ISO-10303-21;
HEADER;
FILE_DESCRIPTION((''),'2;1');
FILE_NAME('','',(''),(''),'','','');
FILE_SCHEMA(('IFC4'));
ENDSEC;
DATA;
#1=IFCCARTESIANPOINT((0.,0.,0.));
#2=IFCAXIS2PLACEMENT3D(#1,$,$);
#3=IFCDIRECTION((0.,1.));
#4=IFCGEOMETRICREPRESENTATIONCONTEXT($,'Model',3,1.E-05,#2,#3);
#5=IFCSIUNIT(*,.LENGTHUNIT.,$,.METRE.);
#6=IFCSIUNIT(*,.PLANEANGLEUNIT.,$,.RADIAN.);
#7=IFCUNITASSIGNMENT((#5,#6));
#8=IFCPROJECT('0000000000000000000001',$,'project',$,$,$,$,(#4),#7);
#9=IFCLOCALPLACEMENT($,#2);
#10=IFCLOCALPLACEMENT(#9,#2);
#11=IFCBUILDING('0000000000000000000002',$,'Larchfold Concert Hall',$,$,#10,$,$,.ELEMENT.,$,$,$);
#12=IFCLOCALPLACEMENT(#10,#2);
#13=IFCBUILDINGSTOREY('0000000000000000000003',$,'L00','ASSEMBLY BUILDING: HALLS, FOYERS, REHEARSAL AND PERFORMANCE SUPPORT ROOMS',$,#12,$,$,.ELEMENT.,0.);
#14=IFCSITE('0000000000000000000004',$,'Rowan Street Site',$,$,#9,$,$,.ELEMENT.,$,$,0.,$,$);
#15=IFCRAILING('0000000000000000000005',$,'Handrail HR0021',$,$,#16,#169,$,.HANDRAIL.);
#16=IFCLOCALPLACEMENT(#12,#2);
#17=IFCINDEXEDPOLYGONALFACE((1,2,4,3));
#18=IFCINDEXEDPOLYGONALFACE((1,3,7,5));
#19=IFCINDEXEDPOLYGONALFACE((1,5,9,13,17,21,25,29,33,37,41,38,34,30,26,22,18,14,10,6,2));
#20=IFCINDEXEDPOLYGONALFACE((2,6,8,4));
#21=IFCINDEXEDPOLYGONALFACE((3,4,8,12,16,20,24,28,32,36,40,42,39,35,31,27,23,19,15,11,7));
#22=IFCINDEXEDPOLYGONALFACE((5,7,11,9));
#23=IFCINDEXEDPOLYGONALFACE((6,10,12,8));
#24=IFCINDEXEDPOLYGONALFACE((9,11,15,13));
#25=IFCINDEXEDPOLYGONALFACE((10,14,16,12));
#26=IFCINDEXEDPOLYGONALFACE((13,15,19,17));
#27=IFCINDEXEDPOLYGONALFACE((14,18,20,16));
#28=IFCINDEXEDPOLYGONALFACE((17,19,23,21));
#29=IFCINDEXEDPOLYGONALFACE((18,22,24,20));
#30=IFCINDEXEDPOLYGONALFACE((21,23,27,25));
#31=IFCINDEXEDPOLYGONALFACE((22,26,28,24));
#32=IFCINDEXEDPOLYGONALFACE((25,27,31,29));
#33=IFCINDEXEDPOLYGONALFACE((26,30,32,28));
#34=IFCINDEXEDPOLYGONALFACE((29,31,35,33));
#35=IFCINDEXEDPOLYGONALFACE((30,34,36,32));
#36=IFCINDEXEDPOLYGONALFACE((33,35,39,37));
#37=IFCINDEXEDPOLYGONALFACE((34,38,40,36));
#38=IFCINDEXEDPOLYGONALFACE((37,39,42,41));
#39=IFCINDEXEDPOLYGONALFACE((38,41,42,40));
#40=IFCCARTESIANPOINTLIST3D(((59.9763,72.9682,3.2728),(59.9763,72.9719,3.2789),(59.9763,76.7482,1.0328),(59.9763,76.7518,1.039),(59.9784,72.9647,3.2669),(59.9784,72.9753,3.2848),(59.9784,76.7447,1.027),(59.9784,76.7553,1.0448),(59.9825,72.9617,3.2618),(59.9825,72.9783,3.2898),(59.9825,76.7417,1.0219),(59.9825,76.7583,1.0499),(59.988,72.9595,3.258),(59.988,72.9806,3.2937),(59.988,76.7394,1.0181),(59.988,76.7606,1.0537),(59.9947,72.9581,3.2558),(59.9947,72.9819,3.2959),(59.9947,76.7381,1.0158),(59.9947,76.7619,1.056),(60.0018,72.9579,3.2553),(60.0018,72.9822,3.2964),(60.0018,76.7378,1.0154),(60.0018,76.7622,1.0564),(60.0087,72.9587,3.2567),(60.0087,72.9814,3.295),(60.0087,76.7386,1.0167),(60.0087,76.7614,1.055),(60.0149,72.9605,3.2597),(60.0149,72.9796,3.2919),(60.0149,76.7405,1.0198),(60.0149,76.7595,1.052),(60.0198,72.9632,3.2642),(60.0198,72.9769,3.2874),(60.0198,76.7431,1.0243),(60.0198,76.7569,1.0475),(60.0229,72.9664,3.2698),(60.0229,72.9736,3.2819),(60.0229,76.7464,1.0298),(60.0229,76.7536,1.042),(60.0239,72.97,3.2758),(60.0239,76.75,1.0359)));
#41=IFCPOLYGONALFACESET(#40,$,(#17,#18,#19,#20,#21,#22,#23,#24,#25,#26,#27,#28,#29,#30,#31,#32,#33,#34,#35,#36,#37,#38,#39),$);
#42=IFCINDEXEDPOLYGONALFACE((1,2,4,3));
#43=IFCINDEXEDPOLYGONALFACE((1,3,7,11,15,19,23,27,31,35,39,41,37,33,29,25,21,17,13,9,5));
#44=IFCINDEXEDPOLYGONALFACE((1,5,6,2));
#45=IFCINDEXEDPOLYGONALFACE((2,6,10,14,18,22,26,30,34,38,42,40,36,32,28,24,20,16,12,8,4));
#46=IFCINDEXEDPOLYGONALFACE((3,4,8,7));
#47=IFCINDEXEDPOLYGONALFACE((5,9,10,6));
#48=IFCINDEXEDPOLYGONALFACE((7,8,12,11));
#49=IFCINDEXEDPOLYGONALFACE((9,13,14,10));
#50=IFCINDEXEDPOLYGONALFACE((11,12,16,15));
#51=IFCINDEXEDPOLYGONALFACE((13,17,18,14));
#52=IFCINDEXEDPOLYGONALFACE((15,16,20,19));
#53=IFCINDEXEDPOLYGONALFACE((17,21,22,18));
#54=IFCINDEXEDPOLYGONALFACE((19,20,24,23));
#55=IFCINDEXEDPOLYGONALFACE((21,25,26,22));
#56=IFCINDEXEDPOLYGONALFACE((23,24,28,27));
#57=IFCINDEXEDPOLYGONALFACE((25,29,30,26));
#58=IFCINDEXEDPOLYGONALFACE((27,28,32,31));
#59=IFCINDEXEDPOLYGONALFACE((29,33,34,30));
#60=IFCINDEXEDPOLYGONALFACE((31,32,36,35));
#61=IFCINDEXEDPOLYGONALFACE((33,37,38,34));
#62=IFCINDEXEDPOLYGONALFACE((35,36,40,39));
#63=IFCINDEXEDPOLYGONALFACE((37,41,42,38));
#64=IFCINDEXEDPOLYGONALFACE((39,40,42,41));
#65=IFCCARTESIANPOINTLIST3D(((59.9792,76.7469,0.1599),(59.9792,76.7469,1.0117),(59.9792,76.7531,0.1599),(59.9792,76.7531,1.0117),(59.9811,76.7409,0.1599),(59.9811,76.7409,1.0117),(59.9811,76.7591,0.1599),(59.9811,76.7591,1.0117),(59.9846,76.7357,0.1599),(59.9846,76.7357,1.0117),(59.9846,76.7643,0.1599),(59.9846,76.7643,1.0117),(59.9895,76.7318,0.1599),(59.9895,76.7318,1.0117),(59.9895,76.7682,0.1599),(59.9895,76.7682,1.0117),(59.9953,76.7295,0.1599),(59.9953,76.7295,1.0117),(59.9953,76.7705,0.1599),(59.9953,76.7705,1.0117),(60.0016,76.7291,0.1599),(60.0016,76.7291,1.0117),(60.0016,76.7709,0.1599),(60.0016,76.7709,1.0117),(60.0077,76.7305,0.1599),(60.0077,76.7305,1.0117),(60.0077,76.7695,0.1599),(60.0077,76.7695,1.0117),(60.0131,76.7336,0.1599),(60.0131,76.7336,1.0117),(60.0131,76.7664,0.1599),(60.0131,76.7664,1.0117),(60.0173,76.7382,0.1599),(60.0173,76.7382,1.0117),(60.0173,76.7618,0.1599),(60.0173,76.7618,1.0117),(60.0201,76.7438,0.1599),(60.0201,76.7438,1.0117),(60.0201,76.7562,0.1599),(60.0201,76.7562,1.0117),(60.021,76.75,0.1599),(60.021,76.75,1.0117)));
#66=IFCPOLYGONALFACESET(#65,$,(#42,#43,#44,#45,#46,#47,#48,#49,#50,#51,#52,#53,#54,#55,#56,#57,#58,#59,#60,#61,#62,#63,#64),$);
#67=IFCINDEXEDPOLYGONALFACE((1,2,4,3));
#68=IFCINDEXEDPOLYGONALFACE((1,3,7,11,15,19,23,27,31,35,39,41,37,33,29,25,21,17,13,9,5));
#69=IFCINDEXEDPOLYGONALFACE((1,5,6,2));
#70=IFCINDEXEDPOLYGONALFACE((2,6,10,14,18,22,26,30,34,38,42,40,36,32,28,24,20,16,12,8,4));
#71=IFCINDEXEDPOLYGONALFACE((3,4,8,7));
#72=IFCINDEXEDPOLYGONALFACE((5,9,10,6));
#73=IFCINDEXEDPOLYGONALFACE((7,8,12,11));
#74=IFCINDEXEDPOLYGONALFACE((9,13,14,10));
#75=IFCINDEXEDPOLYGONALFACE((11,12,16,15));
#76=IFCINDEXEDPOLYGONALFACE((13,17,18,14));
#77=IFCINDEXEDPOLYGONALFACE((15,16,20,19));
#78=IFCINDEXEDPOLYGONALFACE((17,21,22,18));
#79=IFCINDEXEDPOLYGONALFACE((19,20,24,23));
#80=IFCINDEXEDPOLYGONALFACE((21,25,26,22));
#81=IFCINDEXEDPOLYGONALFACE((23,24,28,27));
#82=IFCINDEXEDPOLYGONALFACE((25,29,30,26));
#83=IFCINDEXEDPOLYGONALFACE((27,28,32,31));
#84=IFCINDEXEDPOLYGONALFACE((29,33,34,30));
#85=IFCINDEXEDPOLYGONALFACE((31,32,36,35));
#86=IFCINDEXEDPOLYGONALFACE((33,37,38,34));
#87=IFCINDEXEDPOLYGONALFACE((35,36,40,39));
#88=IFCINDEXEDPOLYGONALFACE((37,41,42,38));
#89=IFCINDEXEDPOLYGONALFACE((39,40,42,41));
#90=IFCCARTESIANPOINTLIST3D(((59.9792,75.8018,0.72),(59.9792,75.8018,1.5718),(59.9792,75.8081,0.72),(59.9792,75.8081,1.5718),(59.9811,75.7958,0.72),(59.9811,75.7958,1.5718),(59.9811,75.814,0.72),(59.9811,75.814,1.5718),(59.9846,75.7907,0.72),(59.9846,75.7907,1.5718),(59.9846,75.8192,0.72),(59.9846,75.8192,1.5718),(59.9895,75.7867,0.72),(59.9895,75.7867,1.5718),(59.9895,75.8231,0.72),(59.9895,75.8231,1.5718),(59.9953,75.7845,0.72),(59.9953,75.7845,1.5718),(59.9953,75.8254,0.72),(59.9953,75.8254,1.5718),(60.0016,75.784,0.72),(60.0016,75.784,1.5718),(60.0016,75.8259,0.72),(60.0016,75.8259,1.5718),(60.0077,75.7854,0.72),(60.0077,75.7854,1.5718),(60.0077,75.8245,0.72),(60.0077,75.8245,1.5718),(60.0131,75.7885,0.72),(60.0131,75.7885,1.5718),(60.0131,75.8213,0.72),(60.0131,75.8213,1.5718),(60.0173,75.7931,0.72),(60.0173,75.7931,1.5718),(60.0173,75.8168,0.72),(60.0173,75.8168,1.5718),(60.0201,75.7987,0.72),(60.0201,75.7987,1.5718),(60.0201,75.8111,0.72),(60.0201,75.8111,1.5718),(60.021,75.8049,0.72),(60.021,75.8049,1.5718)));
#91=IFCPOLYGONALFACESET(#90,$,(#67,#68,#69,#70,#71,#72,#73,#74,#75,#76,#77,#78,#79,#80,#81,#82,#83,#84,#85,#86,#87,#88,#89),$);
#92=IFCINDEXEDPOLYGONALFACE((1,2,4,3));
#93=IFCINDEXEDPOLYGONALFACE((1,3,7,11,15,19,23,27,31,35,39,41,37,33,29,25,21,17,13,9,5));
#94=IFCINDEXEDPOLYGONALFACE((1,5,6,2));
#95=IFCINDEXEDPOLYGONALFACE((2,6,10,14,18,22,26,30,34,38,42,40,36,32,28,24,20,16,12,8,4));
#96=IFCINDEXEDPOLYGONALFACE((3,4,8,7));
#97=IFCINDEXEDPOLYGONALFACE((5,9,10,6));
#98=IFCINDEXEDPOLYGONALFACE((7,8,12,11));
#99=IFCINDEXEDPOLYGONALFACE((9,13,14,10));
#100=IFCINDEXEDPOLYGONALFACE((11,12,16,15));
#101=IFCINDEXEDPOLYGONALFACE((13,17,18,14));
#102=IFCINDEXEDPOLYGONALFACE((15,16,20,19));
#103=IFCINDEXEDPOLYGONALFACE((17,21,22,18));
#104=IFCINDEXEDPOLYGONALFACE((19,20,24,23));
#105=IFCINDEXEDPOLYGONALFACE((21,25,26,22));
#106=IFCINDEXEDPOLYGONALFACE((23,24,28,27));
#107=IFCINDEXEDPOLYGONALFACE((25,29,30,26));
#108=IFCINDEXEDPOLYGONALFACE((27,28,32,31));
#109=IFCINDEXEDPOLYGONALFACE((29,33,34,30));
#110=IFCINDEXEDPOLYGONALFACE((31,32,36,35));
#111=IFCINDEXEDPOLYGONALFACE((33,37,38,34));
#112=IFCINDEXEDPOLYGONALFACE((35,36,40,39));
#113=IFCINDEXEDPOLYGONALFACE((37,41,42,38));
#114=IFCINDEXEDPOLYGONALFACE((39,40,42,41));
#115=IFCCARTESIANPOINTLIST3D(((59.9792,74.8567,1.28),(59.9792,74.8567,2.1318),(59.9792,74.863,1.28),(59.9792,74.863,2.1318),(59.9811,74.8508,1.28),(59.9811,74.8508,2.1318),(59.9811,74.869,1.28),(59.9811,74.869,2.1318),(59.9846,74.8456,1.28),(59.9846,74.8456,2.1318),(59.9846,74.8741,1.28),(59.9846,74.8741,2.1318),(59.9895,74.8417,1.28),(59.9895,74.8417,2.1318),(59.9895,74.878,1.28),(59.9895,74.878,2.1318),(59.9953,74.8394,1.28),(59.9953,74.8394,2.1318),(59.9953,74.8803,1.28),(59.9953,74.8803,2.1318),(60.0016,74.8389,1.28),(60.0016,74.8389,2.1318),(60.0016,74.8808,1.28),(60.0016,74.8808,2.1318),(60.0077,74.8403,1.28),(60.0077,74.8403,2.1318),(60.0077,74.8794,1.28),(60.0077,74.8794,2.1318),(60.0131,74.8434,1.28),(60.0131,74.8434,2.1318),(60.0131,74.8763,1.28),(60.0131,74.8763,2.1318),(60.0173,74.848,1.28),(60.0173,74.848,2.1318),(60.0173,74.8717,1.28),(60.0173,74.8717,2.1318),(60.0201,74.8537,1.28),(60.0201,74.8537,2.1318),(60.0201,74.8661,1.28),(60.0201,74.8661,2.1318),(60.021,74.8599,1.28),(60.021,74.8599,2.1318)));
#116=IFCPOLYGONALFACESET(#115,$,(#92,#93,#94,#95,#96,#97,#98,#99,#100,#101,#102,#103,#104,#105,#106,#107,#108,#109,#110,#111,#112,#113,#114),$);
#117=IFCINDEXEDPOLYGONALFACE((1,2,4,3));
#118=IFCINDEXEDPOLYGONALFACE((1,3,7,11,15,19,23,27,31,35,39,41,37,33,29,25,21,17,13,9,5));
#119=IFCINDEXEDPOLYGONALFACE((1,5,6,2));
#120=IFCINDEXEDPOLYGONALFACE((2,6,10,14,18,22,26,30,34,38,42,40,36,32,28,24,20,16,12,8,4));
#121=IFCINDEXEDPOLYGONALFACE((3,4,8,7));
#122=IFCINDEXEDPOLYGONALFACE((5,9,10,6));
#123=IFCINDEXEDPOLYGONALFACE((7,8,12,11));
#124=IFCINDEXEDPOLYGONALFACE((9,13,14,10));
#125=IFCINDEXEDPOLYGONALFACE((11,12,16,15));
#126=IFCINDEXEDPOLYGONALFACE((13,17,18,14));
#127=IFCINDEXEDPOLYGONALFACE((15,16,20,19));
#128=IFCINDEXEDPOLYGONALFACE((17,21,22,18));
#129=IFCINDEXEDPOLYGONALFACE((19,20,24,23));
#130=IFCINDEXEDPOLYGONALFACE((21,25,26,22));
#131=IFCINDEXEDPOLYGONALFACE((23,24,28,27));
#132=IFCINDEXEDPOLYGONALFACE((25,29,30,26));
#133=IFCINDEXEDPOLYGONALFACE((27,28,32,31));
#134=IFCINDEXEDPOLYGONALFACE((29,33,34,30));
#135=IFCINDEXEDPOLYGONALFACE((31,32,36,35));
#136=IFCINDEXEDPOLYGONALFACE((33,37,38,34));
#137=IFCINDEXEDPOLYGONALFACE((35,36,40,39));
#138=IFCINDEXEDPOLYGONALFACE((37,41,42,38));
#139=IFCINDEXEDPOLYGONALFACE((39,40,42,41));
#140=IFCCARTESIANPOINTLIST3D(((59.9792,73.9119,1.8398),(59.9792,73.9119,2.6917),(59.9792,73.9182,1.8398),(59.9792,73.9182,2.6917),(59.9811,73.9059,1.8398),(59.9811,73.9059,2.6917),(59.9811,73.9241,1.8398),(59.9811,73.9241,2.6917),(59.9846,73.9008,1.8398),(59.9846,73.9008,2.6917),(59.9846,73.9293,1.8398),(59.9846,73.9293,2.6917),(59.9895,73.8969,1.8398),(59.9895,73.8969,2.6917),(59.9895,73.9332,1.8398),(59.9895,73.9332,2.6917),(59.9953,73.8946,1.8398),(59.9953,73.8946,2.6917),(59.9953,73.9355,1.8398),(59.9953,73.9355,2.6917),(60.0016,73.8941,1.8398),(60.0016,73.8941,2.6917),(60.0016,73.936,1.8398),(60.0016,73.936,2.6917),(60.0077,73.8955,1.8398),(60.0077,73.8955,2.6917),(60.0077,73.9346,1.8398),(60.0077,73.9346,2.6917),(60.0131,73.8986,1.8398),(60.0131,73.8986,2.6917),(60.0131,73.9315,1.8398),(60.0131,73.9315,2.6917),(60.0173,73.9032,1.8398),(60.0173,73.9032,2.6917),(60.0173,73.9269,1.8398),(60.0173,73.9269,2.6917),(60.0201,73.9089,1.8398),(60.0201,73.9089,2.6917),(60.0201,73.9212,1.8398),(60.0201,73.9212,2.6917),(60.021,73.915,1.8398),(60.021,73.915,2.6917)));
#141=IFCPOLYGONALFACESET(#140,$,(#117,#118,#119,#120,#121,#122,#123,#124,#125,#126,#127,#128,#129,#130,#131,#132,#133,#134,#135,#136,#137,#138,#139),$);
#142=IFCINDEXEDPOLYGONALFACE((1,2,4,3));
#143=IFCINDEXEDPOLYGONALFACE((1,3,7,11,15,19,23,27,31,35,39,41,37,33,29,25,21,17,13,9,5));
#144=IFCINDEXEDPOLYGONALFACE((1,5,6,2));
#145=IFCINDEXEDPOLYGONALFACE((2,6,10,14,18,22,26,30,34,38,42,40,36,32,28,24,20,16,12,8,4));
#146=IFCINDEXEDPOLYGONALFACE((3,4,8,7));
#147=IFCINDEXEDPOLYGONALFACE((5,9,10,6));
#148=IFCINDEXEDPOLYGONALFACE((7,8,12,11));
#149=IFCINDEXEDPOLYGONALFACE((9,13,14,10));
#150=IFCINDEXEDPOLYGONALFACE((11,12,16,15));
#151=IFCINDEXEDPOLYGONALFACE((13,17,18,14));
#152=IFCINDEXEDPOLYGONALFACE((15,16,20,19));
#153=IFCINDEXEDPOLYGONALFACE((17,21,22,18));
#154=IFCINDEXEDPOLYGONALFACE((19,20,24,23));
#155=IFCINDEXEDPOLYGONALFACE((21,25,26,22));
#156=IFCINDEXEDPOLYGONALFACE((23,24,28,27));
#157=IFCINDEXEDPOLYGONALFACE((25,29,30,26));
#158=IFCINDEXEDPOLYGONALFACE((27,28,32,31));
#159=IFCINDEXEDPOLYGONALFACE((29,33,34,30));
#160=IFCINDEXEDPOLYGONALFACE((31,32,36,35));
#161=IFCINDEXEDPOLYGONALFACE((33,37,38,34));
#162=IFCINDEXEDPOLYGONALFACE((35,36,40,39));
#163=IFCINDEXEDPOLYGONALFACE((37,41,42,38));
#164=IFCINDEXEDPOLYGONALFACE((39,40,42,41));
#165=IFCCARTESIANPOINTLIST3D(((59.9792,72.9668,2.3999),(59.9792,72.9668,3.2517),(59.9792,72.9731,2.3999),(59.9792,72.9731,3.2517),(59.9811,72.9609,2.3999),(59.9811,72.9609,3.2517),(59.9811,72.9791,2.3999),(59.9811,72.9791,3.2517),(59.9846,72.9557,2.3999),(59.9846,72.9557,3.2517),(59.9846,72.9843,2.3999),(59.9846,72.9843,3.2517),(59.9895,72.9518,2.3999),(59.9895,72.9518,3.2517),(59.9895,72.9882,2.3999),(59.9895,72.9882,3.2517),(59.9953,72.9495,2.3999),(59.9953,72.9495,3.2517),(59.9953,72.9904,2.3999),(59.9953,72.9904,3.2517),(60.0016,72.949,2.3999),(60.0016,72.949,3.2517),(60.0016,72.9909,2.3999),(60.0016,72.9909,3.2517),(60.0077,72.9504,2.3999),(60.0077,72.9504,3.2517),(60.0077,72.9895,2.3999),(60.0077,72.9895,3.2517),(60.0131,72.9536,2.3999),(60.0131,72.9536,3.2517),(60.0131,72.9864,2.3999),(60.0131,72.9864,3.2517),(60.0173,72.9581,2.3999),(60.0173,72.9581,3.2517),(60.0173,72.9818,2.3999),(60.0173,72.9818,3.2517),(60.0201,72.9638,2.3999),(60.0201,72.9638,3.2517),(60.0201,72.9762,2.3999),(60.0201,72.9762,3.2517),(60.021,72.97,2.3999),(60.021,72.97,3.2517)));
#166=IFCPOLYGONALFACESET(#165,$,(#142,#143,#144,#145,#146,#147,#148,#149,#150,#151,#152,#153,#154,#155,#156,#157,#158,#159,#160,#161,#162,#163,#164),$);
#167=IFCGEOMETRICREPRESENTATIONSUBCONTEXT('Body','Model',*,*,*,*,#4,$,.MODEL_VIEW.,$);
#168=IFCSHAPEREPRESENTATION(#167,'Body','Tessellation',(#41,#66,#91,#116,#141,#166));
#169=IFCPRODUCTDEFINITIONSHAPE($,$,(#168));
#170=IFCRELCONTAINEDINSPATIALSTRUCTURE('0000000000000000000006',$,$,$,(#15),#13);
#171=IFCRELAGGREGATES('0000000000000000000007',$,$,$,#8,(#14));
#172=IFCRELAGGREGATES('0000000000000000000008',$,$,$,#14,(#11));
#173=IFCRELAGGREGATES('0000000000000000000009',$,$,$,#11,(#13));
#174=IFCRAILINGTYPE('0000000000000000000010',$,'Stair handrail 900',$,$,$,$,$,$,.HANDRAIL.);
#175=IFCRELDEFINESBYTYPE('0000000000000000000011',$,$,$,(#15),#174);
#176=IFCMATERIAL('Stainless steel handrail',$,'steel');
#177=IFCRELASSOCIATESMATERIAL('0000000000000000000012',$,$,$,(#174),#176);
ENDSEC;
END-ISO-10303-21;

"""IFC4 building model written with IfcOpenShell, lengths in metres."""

from ifc_helpers import new_model, si_unit, direction, frame, origin, origin_2d, place, context, subcontext, project, spatial, circle, extrude, material, type_object, element, save


model = new_model("IFC4")

# Units and contexts
model_context = context("Model", 3, precision=1e-05, world=origin(), true_north=direction((0.0, 1.0)))
body_context = subcontext(model_context, "Body", "Model", "MODEL_VIEW")
ifc_project = project(units=[si_unit("LENGTHUNIT", "METRE"), si_unit("PLANEANGLEUNIT", "RADIAN")], contexts=[model_context])

# Site, building, storey
site_placement = place(None, origin())
site = spatial("IfcSite", under=ifc_project, at=site_placement, Name="Rowan Street Site", CompositionType="ELEMENT", RefElevation=0.0)
building_placement = place(site_placement, origin())
building = spatial("IfcBuilding", under=site, at=building_placement, Name="Larchfold Concert Hall", CompositionType="ELEMENT")
storey_placement = place(building_placement, origin())
storey = spatial("IfcBuildingStorey", under=building, at=storey_placement, Name="L00", Description="ASSEMBLY BUILDING: HALLS, FOYERS, REHEARSAL AND PERFORMANCE SUPPORT ROOMS", CompositionType="ELEMENT", Elevation=0.0)

# Railing
ifc_material_1 = material(Name="Stainless steel handrail", Category="steel")
railing_type_1 = type_object("IfcRailingType", Name="Stair handrail 900", PredefinedType="HANDRAIL", material=ifc_material_1)
for number, where, name in (
    (1, (60.0, 76.75, 0.1599), "Handrail HR0021"),
):
    element("IfcRailing", number, at=place(storey_placement, frame(where)), inside=storey, type_object=railing_type_1, Name=name, PredefinedType="HANDRAIL", context=body_context, shape_type="SweptSolid", body=[
        extrude(circle(Radius=0.0239, at=origin_2d()), frame((0.0, 0.0, 0.876), z_axis=(0.0, -0.860294, 0.509798), x_axis=(1.0, 0.0, 0.0)), (0.0, 0.0, 1.0), 4.3938),
        extrude(circle(Radius=0.021, at=origin_2d()), origin(), (0.0, 0.0, 1.0), 0.8518),
        extrude(circle(Radius=0.021, at=origin_2d()), frame((0.0, -0.9451, 0.5601)), (0.0, 0.0, 1.0), 0.8518),
        extrude(circle(Radius=0.021, at=origin_2d()), frame((0.0, -1.8901, 1.1201)), (0.0, 0.0, 1.0), 0.8518),
        extrude(circle(Radius=0.021, at=origin_2d()), frame((0.0, -2.835, 1.6799)), (0.0, 0.0, 1.0), 0.8518),
        extrude(circle(Radius=0.021, at=origin_2d()), frame((0.0, -3.78, 2.24)), (0.0, 0.0, 1.0), 0.8518),
    ])

save(model, "model.ifc")
